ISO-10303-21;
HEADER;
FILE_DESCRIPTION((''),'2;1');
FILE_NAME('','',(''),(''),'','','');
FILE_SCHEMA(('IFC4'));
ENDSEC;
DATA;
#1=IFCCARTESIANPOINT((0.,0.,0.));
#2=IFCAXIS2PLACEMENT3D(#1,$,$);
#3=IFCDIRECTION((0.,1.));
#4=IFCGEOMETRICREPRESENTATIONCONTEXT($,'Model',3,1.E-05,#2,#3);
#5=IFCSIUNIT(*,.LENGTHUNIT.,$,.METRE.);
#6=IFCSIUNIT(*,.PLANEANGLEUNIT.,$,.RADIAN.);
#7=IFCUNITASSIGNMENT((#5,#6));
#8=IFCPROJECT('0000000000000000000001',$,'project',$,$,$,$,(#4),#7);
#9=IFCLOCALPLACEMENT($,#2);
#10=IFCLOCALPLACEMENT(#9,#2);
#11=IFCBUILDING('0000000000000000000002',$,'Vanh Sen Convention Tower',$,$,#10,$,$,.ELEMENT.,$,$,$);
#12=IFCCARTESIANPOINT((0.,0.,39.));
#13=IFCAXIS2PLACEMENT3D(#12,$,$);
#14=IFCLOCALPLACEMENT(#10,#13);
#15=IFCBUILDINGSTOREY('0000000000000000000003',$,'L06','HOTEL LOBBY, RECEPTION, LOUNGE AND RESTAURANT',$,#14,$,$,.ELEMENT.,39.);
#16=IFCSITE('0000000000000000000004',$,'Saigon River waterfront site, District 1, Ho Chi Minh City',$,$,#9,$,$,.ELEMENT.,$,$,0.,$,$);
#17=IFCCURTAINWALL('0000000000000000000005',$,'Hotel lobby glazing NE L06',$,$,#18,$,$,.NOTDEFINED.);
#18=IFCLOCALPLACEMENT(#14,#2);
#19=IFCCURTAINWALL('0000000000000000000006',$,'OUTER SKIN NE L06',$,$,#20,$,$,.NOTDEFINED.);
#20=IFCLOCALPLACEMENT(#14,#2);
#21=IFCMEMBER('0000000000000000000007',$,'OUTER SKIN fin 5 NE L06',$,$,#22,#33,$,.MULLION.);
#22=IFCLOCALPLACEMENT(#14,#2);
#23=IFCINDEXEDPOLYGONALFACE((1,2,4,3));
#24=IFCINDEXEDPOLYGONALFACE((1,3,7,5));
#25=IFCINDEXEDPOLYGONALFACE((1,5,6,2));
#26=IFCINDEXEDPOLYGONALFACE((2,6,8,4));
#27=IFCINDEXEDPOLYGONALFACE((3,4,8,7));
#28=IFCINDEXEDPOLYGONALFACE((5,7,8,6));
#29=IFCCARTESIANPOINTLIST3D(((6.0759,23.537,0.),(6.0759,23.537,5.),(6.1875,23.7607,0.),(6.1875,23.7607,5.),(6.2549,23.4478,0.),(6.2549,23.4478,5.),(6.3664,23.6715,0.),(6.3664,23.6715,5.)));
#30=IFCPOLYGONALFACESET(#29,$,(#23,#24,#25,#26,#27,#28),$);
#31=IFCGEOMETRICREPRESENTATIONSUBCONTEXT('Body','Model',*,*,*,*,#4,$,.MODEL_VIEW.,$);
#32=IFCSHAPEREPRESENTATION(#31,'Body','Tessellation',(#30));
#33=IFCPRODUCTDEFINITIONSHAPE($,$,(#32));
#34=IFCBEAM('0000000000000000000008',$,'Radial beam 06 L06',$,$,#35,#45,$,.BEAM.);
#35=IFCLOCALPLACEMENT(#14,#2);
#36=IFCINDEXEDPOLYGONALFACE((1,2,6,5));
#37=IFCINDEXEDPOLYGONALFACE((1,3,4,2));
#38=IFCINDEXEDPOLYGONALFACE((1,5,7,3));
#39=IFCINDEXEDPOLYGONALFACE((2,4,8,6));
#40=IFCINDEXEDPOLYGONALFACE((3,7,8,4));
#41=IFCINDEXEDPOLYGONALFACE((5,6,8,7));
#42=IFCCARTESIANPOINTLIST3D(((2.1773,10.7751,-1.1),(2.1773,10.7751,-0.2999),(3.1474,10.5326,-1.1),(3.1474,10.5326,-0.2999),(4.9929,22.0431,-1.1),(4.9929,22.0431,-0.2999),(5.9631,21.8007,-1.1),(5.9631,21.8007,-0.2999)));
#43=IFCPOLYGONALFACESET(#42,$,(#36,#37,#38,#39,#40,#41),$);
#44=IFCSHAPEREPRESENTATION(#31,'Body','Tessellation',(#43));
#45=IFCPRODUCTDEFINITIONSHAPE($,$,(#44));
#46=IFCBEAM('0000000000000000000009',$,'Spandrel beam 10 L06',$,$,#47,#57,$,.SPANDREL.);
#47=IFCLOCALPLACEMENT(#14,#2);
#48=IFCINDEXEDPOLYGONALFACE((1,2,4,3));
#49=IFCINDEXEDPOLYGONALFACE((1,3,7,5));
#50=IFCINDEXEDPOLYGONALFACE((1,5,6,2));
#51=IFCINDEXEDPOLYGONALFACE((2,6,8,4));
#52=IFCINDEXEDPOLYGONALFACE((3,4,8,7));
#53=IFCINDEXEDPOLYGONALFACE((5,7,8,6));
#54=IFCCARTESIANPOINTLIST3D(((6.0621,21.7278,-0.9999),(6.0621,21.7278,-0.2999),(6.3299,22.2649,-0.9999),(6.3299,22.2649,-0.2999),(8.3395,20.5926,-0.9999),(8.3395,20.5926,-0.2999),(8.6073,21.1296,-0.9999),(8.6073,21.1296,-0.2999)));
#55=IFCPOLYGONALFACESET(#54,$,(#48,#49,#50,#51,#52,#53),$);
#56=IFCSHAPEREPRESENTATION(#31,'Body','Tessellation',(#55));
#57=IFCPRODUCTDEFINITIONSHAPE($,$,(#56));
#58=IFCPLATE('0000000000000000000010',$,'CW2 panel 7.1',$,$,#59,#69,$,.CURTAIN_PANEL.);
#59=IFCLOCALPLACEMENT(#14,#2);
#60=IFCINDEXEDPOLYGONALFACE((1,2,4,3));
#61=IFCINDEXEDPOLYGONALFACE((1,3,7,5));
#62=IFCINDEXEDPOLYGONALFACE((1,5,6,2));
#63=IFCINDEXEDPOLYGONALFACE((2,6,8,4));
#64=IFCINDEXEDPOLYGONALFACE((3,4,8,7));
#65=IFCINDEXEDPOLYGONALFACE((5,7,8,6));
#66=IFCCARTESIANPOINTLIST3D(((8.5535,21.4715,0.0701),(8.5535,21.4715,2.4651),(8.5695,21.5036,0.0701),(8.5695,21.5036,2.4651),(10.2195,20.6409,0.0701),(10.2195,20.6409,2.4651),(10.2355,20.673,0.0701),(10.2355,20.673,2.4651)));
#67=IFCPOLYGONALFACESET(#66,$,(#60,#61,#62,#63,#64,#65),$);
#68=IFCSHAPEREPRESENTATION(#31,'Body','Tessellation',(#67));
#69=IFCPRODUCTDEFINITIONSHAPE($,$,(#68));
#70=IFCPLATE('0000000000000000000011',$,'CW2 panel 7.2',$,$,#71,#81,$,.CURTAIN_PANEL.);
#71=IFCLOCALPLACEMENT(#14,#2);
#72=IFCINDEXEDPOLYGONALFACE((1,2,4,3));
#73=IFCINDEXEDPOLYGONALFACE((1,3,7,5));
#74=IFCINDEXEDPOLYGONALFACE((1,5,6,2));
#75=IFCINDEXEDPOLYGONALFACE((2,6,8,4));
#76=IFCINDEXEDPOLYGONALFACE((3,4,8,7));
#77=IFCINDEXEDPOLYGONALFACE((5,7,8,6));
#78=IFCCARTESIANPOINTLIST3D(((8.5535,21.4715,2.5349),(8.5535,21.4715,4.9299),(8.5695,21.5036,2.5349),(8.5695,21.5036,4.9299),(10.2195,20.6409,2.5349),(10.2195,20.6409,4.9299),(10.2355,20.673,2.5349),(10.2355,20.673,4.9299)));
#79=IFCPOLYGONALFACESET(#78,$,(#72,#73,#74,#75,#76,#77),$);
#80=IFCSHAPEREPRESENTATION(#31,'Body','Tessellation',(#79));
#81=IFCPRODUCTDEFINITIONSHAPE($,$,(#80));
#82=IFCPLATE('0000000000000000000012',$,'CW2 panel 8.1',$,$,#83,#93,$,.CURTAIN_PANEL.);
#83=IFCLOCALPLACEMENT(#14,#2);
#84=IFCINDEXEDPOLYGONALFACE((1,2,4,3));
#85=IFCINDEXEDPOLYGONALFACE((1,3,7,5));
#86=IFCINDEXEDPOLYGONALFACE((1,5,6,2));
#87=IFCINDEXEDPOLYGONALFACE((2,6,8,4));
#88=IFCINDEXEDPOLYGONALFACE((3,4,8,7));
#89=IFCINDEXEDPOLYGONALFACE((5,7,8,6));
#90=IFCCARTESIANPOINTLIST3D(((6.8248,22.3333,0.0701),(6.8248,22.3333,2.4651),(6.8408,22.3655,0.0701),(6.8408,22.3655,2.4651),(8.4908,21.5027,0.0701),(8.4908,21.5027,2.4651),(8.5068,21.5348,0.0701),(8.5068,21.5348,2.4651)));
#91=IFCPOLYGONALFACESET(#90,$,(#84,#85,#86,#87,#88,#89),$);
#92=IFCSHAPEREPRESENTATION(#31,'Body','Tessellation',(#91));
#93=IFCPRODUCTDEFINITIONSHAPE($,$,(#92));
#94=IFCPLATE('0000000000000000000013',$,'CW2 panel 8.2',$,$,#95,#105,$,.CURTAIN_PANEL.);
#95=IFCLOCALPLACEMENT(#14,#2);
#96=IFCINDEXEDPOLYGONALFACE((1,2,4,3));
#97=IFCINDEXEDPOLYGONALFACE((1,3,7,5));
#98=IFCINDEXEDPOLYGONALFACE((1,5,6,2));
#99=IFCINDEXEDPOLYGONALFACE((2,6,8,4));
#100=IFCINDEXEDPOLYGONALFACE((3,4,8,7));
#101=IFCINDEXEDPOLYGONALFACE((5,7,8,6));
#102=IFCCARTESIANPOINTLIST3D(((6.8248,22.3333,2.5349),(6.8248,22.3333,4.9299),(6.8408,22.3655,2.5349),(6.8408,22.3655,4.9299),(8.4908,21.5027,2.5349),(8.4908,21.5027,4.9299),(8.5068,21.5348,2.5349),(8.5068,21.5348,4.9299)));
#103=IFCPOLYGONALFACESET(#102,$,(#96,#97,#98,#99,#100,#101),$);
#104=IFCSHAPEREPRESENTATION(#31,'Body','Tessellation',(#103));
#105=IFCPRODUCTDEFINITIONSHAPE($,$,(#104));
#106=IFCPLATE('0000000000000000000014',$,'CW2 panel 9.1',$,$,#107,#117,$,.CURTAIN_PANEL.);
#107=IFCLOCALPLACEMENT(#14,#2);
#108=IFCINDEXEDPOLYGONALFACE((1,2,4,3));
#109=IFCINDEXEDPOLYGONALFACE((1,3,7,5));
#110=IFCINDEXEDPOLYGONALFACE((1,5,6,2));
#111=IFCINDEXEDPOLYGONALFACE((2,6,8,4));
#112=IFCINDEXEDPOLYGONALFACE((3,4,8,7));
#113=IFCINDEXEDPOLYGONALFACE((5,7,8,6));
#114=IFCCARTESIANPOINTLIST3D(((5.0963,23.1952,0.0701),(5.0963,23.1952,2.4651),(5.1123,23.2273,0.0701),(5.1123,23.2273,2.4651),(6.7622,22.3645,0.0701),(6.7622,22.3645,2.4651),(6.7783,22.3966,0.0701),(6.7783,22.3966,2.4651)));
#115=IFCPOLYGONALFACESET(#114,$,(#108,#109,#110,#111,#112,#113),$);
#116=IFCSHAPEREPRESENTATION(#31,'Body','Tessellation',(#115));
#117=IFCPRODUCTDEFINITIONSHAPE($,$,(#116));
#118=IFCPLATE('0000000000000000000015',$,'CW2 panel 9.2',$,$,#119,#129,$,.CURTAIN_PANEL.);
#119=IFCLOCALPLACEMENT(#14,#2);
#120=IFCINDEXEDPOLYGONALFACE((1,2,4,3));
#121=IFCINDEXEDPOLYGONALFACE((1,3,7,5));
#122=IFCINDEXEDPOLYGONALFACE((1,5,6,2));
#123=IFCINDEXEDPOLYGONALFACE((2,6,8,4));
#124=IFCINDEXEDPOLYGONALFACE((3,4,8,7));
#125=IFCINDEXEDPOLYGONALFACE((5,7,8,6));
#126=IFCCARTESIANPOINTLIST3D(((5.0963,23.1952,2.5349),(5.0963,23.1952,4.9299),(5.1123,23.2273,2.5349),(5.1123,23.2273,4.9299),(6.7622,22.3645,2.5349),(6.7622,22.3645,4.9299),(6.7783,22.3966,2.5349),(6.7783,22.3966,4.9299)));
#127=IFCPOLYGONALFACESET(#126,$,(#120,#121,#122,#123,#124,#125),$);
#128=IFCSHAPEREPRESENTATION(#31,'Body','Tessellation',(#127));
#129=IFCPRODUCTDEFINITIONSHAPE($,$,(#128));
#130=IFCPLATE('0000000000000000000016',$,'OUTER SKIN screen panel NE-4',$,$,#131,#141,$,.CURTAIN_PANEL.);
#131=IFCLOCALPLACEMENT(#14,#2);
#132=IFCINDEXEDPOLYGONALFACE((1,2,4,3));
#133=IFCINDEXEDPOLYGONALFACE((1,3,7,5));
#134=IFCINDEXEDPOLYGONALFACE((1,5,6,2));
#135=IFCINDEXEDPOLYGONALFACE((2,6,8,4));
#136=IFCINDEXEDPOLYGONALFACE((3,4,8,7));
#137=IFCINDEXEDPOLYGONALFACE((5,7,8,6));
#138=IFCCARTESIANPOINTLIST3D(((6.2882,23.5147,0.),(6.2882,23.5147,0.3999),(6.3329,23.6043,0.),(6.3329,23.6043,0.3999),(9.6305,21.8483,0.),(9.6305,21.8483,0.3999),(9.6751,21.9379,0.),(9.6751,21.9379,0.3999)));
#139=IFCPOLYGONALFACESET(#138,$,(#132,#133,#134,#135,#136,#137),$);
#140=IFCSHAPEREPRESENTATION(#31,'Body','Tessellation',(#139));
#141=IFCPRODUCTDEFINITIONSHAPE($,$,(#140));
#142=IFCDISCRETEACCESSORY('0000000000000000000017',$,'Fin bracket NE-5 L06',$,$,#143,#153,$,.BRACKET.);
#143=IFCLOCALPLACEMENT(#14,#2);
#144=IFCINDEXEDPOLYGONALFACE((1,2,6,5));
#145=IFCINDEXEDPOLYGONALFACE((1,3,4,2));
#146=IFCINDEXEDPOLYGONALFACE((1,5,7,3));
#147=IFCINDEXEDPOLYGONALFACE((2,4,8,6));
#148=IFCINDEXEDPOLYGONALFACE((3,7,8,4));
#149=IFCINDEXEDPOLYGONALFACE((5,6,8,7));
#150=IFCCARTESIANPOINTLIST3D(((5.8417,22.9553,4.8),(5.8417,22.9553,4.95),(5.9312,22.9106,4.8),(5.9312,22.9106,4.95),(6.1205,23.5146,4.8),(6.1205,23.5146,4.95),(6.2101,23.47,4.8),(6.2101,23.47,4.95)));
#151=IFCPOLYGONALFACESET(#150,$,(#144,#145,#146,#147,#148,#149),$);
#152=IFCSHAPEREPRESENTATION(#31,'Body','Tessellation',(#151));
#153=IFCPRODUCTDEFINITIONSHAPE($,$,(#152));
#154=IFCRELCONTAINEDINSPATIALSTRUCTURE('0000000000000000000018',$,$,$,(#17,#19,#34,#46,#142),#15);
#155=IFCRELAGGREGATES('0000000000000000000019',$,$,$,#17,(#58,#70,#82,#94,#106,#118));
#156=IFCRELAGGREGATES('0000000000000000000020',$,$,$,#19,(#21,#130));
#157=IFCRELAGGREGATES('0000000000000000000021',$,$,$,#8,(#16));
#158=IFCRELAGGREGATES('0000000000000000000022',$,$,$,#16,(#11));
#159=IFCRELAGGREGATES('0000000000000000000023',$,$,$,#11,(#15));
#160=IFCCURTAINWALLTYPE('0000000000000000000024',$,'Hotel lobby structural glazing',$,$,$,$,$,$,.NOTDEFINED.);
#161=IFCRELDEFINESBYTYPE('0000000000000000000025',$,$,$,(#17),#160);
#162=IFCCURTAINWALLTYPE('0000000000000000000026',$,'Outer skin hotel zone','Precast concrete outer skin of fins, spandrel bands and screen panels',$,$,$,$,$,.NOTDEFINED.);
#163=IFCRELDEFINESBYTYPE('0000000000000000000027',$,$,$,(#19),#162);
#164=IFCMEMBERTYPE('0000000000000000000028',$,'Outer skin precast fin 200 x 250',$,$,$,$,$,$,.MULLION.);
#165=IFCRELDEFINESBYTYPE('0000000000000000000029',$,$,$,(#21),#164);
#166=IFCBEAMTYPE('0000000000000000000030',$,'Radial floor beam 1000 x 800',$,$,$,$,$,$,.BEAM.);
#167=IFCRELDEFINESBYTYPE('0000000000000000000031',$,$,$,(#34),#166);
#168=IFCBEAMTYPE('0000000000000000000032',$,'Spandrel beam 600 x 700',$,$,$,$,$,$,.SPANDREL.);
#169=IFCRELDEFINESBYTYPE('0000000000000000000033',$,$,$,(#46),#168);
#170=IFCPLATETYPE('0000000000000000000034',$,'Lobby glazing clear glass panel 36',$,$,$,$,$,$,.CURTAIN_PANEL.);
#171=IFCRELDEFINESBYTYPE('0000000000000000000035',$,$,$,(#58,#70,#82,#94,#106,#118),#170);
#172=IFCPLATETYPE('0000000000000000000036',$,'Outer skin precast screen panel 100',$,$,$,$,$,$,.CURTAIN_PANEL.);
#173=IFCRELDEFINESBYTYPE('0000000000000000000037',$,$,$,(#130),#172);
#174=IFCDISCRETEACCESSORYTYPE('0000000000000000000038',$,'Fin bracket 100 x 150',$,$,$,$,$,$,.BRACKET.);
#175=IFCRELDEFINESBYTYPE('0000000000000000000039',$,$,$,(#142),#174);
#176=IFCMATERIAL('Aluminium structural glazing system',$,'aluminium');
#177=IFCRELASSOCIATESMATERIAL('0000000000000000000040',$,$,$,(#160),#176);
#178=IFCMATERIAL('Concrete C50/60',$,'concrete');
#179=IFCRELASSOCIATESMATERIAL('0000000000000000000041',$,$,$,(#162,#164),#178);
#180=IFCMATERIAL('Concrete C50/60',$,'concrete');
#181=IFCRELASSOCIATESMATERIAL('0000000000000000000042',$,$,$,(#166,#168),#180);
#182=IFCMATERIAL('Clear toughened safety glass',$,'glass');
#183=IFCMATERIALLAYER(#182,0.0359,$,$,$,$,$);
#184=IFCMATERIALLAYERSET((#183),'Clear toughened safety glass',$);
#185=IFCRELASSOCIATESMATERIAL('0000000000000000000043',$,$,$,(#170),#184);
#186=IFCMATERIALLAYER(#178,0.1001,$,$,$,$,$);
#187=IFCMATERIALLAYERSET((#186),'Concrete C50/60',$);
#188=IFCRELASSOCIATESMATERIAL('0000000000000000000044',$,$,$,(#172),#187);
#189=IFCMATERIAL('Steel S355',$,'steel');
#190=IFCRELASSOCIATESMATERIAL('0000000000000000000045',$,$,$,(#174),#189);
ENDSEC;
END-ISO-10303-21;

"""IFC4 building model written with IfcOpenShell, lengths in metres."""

from ifc_helpers import new_model, si_unit, direction, frame, origin, origin_2d, place, context, subcontext, project, spatial, rectangle, extrude, material, layer, layer_set, material_profile, profile_set, type_object, element, aggregate, save


model = new_model("IFC4")

# Units and contexts
model_context = context("Model", 3, precision=1e-05, world=origin(), true_north=direction((0.0, 1.0)))
body_context = subcontext(model_context, "Body", "Model", "MODEL_VIEW")
ifc_project = project(units=[si_unit("LENGTHUNIT", "METRE"), si_unit("PLANEANGLEUNIT", "RADIAN")], contexts=[model_context])

# Site, building, storey
site_placement = place(None, origin())
site = spatial("IfcSite", under=ifc_project, at=site_placement, Name="Saigon River waterfront site, District 1, Ho Chi Minh City", CompositionType="ELEMENT", RefElevation=0.0)
building_placement = place(site_placement, origin())
building = spatial("IfcBuilding", under=site, at=building_placement, Name="Vanh Sen Convention Tower", CompositionType="ELEMENT")
storey_placement = place(building_placement, frame((0.0, 0.0, 39.0)))
storey = spatial("IfcBuildingStorey", under=building, at=storey_placement, Name="L06", Description="HOTEL LOBBY, RECEPTION, LOUNGE AND RESTAURANT", CompositionType="ELEMENT", Elevation=39.0)

# Curtain walls, member
ifc_material_1 = material(Name="Aluminium structural glazing system", Category="aluminium")
curtain_wall_type_1 = type_object("IfcCurtainWallType", Name="Hotel lobby structural glazing", PredefinedType="NOTDEFINED", material=ifc_material_1)
curtain_wall_1_placement = place(storey_placement, origin())
curtain_wall_1 = element("IfcCurtainWall", 1, at=curtain_wall_1_placement, inside=storey, type_object=curtain_wall_type_1, Name="Hotel lobby glazing NE L06", PredefinedType="NOTDEFINED")
ifc_material_2 = material(Name="Concrete C50/60", Category="concrete")
curtain_wall_type_2 = type_object("IfcCurtainWallType", Name="Outer skin hotel zone", Description="Precast concrete outer skin of fins, spandrel bands and screen panels", PredefinedType="NOTDEFINED", material=ifc_material_2)
curtain_wall_2_placement = place(storey_placement, origin())
curtain_wall_2 = element("IfcCurtainWall", 2, at=curtain_wall_2_placement, inside=storey, type_object=curtain_wall_type_2, Name="OUTER SKIN NE L06", PredefinedType="NOTDEFINED")
ifc_material_profile_1 = material_profile(ifc_material_2, rectangle(XDim=0.2, YDim=0.25, at=origin_2d()), Name="Outer skin precast fin 200 x 250")
ifc_profile_set_1 = profile_set([ifc_material_profile_1], Name="Concrete C50/60")
member_type_1 = type_object("IfcMemberType", Name="Outer skin precast fin 200 x 250", PredefinedType="MULLION", material=ifc_profile_set_1)
member_1_placement = place(storey_placement, frame((6.2212, 23.6042, 0.0), z_axis=(0.0, 0.0, 1.0), x_axis=(-0.894934, 0.446198, 0.0)))
member_1 = element("IfcMember", 3, at=member_1_placement, type_object=member_type_1, Name="OUTER SKIN fin 5 NE L06", PredefinedType="MULLION", context=body_context, shape_type="SweptSolid", body=[
    extrude(rectangle(XDim=0.2, YDim=0.25, at=origin_2d()), origin(), (0.0, 0.0, 1.0), 5.0),
])

# Beams
ifc_material_3 = material(Name="Concrete C50/60", Category="concrete")
ifc_material_profile_2 = material_profile(ifc_material_3, rectangle(XDim=1.0, YDim=0.8, at=origin_2d()), Name="RC 1000X800")
ifc_profile_set_2 = profile_set([ifc_material_profile_2], Name="Concrete C50/60")
beam_type_1 = type_object("IfcBeamType", Name="Radial floor beam 1000 x 800", PredefinedType="BEAM", material=ifc_profile_set_2)
beam_1_placement = place(storey_placement, frame((5.478, 21.9219, -0.7), z_axis=(-0.242427, -0.97017, 0.0), x_axis=(0.97017, -0.242427, 0.0)))
element("IfcBeam", 4, at=beam_1_placement, inside=storey, type_object=beam_type_1, Name="Radial beam 06 L06", PredefinedType="BEAM", context=body_context, shape_type="SweptSolid", body=[
    extrude(rectangle(XDim=1.0, YDim=0.8, at=origin_2d()), origin(), (0.0, 0.0, 1.0), 11.6145),
])
ifc_material_profile_3 = material_profile(ifc_material_3, rectangle(XDim=0.6001, YDim=0.7, at=origin_2d()), Name="RC 600X700")
ifc_profile_set_3 = profile_set([ifc_material_profile_3], Name="Concrete C50/60")
beam_type_2 = type_object("IfcBeamType", Name="Spandrel beam 600 x 700", PredefinedType="SPANDREL", material=ifc_profile_set_3)
beam_2_placement = place(storey_placement, frame((8.4734, 20.8611, -0.6499), z_axis=(-0.894964, 0.446139, 0.0), x_axis=(-0.446139, -0.894964, 0.0)))
element("IfcBeam", 5, at=beam_2_placement, inside=storey, type_object=beam_type_2, Name="Spandrel beam 10 L06", PredefinedType="SPANDREL", context=body_context, shape_type="SweptSolid", body=[
    extrude(rectangle(XDim=0.6001, YDim=0.7, at=origin_2d()), origin(), (0.0, 0.0, 1.0), 2.5447),
])

# Plates
ifc_material_4 = material(Name="Clear toughened safety glass", Category="glass")
ifc_layer_1 = layer(ifc_material_4, 0.0359)
ifc_layer_set_1 = layer_set([ifc_layer_1], Name="Clear toughened safety glass")
plate_type_1 = type_object("IfcPlateType", Name="Lobby glazing clear glass panel 36", PredefinedType="CURTAIN_PANEL", material=ifc_layer_set_1)
plate_1_placement = place(storey_placement, frame((9.3945, 21.0723, 0.0701), z_axis=(0.0, 0.0, 1.0), x_axis=(-0.894934, 0.446199, 0.0)))
plate_1 = element("IfcPlate", 6, at=plate_1_placement, type_object=plate_type_1, Name="CW2 panel 7.1", PredefinedType="CURTAIN_PANEL", context=body_context, shape_type="SweptSolid", body=[
    extrude(rectangle(XDim=1.8616, YDim=0.0359, at=origin_2d()), origin(), (0.0, 0.0, 1.0), 2.395),
])
plate_2_placement = place(storey_placement, frame((9.3945, 21.0723, 2.5349), z_axis=(0.0, 0.0, 1.0), x_axis=(-0.894934, 0.446199, 0.0)))
plate_2 = element("IfcPlate", 7, at=plate_2_placement, type_object=plate_type_1, Name="CW2 panel 7.2", PredefinedType="CURTAIN_PANEL", context=body_context, shape_type="SweptSolid", body=[
    extrude(rectangle(XDim=1.8616, YDim=0.0359, at=origin_2d()), origin(), (0.0, 0.0, 1.0), 2.395),
])
plate_3_placement = place(storey_placement, frame((7.6658, 21.9341, 0.0701), z_axis=(0.0, 0.0, 1.0), x_axis=(-0.894934, 0.446199, 0.0)))
plate_3 = element("IfcPlate", 8, at=plate_3_placement, type_object=plate_type_1, Name="CW2 panel 8.1", PredefinedType="CURTAIN_PANEL", context=body_context, shape_type="SweptSolid", body=[
    extrude(rectangle(XDim=1.8616, YDim=0.0359, at=origin_2d()), origin(), (0.0, 0.0, 1.0), 2.395),
])
plate_4_placement = place(storey_placement, frame((7.6658, 21.9341, 2.5349), z_axis=(0.0, 0.0, 1.0), x_axis=(-0.894934, 0.446199, 0.0)))
plate_4 = element("IfcPlate", 9, at=plate_4_placement, type_object=plate_type_1, Name="CW2 panel 8.2", PredefinedType="CURTAIN_PANEL", context=body_context, shape_type="SweptSolid", body=[
    extrude(rectangle(XDim=1.8616, YDim=0.0359, at=origin_2d()), origin(), (0.0, 0.0, 1.0), 2.395),
])
plate_5_placement = place(storey_placement, frame((5.9373, 22.7959, 0.0701), z_axis=(0.0, 0.0, 1.0), x_axis=(-0.894934, 0.446199, 0.0)))
plate_5 = element("IfcPlate", 10, at=plate_5_placement, type_object=plate_type_1, Name="CW2 panel 9.1", PredefinedType="CURTAIN_PANEL", context=body_context, shape_type="SweptSolid", body=[
    extrude(rectangle(XDim=1.8616, YDim=0.0359, at=origin_2d()), origin(), (0.0, 0.0, 1.0), 2.395),
])
plate_6_placement = place(storey_placement, frame((5.9373, 22.7959, 2.5349), z_axis=(0.0, 0.0, 1.0), x_axis=(-0.894934, 0.446199, 0.0)))
plate_6 = element("IfcPlate", 11, at=plate_6_placement, type_object=plate_type_1, Name="CW2 panel 9.2", PredefinedType="CURTAIN_PANEL", context=body_context, shape_type="SweptSolid", body=[
    extrude(rectangle(XDim=1.8616, YDim=0.0359, at=origin_2d()), origin(), (0.0, 0.0, 1.0), 2.395),
])
aggregate(curtain_wall_1, [plate_1, plate_2, plate_3, plate_4, plate_5, plate_6])
ifc_layer_2 = layer(ifc_material_2, 0.1001)
ifc_layer_set_2 = layer_set([ifc_layer_2], Name="Concrete C50/60")
plate_type_2 = type_object("IfcPlateType", Name="Outer skin precast screen panel 100", PredefinedType="CURTAIN_PANEL", material=ifc_layer_set_2)
plate_7_placement = place(storey_placement, frame((7.9817, 22.7263, 0.0), z_axis=(0.0, 0.0, 1.0), x_axis=(-0.894935, 0.446196, 0.0)))
plate_7 = element("IfcPlate", 12, at=plate_7_placement, type_object=plate_type_2, Name="OUTER SKIN screen panel NE-4", PredefinedType="CURTAIN_PANEL", context=body_context, shape_type="SweptSolid", body=[
    extrude(rectangle(XDim=3.7346, YDim=0.1001, at=origin_2d()), origin(), (0.0, 0.0, 1.0), 0.3999),
])
aggregate(curtain_wall_2, [member_1, plate_7])

# Discrete accessory
ifc_material_5 = material(Name="Steel S355", Category="steel")
discrete_accessory_type = type_object("IfcDiscreteAccessoryType", Name="Fin bracket 100 x 150", PredefinedType="BRACKET", material=ifc_material_5)
discrete_accessory_placement = place(storey_placement, frame((6.0259, 23.2126, 4.8), z_axis=(0.0, 0.0, 1.0), x_axis=(0.446198, 0.894934, 0.0)))
element("IfcDiscreteAccessory", 13, at=discrete_accessory_placement, inside=storey, type_object=discrete_accessory_type, Name="Fin bracket NE-5 L06", PredefinedType="BRACKET", context=body_context, shape_type="SweptSolid", body=[
    extrude(rectangle(XDim=0.625, YDim=0.1001, at=origin_2d()), origin(), (0.0, 0.0, 1.0), 0.1499),
])

save(model, "model.ifc")
